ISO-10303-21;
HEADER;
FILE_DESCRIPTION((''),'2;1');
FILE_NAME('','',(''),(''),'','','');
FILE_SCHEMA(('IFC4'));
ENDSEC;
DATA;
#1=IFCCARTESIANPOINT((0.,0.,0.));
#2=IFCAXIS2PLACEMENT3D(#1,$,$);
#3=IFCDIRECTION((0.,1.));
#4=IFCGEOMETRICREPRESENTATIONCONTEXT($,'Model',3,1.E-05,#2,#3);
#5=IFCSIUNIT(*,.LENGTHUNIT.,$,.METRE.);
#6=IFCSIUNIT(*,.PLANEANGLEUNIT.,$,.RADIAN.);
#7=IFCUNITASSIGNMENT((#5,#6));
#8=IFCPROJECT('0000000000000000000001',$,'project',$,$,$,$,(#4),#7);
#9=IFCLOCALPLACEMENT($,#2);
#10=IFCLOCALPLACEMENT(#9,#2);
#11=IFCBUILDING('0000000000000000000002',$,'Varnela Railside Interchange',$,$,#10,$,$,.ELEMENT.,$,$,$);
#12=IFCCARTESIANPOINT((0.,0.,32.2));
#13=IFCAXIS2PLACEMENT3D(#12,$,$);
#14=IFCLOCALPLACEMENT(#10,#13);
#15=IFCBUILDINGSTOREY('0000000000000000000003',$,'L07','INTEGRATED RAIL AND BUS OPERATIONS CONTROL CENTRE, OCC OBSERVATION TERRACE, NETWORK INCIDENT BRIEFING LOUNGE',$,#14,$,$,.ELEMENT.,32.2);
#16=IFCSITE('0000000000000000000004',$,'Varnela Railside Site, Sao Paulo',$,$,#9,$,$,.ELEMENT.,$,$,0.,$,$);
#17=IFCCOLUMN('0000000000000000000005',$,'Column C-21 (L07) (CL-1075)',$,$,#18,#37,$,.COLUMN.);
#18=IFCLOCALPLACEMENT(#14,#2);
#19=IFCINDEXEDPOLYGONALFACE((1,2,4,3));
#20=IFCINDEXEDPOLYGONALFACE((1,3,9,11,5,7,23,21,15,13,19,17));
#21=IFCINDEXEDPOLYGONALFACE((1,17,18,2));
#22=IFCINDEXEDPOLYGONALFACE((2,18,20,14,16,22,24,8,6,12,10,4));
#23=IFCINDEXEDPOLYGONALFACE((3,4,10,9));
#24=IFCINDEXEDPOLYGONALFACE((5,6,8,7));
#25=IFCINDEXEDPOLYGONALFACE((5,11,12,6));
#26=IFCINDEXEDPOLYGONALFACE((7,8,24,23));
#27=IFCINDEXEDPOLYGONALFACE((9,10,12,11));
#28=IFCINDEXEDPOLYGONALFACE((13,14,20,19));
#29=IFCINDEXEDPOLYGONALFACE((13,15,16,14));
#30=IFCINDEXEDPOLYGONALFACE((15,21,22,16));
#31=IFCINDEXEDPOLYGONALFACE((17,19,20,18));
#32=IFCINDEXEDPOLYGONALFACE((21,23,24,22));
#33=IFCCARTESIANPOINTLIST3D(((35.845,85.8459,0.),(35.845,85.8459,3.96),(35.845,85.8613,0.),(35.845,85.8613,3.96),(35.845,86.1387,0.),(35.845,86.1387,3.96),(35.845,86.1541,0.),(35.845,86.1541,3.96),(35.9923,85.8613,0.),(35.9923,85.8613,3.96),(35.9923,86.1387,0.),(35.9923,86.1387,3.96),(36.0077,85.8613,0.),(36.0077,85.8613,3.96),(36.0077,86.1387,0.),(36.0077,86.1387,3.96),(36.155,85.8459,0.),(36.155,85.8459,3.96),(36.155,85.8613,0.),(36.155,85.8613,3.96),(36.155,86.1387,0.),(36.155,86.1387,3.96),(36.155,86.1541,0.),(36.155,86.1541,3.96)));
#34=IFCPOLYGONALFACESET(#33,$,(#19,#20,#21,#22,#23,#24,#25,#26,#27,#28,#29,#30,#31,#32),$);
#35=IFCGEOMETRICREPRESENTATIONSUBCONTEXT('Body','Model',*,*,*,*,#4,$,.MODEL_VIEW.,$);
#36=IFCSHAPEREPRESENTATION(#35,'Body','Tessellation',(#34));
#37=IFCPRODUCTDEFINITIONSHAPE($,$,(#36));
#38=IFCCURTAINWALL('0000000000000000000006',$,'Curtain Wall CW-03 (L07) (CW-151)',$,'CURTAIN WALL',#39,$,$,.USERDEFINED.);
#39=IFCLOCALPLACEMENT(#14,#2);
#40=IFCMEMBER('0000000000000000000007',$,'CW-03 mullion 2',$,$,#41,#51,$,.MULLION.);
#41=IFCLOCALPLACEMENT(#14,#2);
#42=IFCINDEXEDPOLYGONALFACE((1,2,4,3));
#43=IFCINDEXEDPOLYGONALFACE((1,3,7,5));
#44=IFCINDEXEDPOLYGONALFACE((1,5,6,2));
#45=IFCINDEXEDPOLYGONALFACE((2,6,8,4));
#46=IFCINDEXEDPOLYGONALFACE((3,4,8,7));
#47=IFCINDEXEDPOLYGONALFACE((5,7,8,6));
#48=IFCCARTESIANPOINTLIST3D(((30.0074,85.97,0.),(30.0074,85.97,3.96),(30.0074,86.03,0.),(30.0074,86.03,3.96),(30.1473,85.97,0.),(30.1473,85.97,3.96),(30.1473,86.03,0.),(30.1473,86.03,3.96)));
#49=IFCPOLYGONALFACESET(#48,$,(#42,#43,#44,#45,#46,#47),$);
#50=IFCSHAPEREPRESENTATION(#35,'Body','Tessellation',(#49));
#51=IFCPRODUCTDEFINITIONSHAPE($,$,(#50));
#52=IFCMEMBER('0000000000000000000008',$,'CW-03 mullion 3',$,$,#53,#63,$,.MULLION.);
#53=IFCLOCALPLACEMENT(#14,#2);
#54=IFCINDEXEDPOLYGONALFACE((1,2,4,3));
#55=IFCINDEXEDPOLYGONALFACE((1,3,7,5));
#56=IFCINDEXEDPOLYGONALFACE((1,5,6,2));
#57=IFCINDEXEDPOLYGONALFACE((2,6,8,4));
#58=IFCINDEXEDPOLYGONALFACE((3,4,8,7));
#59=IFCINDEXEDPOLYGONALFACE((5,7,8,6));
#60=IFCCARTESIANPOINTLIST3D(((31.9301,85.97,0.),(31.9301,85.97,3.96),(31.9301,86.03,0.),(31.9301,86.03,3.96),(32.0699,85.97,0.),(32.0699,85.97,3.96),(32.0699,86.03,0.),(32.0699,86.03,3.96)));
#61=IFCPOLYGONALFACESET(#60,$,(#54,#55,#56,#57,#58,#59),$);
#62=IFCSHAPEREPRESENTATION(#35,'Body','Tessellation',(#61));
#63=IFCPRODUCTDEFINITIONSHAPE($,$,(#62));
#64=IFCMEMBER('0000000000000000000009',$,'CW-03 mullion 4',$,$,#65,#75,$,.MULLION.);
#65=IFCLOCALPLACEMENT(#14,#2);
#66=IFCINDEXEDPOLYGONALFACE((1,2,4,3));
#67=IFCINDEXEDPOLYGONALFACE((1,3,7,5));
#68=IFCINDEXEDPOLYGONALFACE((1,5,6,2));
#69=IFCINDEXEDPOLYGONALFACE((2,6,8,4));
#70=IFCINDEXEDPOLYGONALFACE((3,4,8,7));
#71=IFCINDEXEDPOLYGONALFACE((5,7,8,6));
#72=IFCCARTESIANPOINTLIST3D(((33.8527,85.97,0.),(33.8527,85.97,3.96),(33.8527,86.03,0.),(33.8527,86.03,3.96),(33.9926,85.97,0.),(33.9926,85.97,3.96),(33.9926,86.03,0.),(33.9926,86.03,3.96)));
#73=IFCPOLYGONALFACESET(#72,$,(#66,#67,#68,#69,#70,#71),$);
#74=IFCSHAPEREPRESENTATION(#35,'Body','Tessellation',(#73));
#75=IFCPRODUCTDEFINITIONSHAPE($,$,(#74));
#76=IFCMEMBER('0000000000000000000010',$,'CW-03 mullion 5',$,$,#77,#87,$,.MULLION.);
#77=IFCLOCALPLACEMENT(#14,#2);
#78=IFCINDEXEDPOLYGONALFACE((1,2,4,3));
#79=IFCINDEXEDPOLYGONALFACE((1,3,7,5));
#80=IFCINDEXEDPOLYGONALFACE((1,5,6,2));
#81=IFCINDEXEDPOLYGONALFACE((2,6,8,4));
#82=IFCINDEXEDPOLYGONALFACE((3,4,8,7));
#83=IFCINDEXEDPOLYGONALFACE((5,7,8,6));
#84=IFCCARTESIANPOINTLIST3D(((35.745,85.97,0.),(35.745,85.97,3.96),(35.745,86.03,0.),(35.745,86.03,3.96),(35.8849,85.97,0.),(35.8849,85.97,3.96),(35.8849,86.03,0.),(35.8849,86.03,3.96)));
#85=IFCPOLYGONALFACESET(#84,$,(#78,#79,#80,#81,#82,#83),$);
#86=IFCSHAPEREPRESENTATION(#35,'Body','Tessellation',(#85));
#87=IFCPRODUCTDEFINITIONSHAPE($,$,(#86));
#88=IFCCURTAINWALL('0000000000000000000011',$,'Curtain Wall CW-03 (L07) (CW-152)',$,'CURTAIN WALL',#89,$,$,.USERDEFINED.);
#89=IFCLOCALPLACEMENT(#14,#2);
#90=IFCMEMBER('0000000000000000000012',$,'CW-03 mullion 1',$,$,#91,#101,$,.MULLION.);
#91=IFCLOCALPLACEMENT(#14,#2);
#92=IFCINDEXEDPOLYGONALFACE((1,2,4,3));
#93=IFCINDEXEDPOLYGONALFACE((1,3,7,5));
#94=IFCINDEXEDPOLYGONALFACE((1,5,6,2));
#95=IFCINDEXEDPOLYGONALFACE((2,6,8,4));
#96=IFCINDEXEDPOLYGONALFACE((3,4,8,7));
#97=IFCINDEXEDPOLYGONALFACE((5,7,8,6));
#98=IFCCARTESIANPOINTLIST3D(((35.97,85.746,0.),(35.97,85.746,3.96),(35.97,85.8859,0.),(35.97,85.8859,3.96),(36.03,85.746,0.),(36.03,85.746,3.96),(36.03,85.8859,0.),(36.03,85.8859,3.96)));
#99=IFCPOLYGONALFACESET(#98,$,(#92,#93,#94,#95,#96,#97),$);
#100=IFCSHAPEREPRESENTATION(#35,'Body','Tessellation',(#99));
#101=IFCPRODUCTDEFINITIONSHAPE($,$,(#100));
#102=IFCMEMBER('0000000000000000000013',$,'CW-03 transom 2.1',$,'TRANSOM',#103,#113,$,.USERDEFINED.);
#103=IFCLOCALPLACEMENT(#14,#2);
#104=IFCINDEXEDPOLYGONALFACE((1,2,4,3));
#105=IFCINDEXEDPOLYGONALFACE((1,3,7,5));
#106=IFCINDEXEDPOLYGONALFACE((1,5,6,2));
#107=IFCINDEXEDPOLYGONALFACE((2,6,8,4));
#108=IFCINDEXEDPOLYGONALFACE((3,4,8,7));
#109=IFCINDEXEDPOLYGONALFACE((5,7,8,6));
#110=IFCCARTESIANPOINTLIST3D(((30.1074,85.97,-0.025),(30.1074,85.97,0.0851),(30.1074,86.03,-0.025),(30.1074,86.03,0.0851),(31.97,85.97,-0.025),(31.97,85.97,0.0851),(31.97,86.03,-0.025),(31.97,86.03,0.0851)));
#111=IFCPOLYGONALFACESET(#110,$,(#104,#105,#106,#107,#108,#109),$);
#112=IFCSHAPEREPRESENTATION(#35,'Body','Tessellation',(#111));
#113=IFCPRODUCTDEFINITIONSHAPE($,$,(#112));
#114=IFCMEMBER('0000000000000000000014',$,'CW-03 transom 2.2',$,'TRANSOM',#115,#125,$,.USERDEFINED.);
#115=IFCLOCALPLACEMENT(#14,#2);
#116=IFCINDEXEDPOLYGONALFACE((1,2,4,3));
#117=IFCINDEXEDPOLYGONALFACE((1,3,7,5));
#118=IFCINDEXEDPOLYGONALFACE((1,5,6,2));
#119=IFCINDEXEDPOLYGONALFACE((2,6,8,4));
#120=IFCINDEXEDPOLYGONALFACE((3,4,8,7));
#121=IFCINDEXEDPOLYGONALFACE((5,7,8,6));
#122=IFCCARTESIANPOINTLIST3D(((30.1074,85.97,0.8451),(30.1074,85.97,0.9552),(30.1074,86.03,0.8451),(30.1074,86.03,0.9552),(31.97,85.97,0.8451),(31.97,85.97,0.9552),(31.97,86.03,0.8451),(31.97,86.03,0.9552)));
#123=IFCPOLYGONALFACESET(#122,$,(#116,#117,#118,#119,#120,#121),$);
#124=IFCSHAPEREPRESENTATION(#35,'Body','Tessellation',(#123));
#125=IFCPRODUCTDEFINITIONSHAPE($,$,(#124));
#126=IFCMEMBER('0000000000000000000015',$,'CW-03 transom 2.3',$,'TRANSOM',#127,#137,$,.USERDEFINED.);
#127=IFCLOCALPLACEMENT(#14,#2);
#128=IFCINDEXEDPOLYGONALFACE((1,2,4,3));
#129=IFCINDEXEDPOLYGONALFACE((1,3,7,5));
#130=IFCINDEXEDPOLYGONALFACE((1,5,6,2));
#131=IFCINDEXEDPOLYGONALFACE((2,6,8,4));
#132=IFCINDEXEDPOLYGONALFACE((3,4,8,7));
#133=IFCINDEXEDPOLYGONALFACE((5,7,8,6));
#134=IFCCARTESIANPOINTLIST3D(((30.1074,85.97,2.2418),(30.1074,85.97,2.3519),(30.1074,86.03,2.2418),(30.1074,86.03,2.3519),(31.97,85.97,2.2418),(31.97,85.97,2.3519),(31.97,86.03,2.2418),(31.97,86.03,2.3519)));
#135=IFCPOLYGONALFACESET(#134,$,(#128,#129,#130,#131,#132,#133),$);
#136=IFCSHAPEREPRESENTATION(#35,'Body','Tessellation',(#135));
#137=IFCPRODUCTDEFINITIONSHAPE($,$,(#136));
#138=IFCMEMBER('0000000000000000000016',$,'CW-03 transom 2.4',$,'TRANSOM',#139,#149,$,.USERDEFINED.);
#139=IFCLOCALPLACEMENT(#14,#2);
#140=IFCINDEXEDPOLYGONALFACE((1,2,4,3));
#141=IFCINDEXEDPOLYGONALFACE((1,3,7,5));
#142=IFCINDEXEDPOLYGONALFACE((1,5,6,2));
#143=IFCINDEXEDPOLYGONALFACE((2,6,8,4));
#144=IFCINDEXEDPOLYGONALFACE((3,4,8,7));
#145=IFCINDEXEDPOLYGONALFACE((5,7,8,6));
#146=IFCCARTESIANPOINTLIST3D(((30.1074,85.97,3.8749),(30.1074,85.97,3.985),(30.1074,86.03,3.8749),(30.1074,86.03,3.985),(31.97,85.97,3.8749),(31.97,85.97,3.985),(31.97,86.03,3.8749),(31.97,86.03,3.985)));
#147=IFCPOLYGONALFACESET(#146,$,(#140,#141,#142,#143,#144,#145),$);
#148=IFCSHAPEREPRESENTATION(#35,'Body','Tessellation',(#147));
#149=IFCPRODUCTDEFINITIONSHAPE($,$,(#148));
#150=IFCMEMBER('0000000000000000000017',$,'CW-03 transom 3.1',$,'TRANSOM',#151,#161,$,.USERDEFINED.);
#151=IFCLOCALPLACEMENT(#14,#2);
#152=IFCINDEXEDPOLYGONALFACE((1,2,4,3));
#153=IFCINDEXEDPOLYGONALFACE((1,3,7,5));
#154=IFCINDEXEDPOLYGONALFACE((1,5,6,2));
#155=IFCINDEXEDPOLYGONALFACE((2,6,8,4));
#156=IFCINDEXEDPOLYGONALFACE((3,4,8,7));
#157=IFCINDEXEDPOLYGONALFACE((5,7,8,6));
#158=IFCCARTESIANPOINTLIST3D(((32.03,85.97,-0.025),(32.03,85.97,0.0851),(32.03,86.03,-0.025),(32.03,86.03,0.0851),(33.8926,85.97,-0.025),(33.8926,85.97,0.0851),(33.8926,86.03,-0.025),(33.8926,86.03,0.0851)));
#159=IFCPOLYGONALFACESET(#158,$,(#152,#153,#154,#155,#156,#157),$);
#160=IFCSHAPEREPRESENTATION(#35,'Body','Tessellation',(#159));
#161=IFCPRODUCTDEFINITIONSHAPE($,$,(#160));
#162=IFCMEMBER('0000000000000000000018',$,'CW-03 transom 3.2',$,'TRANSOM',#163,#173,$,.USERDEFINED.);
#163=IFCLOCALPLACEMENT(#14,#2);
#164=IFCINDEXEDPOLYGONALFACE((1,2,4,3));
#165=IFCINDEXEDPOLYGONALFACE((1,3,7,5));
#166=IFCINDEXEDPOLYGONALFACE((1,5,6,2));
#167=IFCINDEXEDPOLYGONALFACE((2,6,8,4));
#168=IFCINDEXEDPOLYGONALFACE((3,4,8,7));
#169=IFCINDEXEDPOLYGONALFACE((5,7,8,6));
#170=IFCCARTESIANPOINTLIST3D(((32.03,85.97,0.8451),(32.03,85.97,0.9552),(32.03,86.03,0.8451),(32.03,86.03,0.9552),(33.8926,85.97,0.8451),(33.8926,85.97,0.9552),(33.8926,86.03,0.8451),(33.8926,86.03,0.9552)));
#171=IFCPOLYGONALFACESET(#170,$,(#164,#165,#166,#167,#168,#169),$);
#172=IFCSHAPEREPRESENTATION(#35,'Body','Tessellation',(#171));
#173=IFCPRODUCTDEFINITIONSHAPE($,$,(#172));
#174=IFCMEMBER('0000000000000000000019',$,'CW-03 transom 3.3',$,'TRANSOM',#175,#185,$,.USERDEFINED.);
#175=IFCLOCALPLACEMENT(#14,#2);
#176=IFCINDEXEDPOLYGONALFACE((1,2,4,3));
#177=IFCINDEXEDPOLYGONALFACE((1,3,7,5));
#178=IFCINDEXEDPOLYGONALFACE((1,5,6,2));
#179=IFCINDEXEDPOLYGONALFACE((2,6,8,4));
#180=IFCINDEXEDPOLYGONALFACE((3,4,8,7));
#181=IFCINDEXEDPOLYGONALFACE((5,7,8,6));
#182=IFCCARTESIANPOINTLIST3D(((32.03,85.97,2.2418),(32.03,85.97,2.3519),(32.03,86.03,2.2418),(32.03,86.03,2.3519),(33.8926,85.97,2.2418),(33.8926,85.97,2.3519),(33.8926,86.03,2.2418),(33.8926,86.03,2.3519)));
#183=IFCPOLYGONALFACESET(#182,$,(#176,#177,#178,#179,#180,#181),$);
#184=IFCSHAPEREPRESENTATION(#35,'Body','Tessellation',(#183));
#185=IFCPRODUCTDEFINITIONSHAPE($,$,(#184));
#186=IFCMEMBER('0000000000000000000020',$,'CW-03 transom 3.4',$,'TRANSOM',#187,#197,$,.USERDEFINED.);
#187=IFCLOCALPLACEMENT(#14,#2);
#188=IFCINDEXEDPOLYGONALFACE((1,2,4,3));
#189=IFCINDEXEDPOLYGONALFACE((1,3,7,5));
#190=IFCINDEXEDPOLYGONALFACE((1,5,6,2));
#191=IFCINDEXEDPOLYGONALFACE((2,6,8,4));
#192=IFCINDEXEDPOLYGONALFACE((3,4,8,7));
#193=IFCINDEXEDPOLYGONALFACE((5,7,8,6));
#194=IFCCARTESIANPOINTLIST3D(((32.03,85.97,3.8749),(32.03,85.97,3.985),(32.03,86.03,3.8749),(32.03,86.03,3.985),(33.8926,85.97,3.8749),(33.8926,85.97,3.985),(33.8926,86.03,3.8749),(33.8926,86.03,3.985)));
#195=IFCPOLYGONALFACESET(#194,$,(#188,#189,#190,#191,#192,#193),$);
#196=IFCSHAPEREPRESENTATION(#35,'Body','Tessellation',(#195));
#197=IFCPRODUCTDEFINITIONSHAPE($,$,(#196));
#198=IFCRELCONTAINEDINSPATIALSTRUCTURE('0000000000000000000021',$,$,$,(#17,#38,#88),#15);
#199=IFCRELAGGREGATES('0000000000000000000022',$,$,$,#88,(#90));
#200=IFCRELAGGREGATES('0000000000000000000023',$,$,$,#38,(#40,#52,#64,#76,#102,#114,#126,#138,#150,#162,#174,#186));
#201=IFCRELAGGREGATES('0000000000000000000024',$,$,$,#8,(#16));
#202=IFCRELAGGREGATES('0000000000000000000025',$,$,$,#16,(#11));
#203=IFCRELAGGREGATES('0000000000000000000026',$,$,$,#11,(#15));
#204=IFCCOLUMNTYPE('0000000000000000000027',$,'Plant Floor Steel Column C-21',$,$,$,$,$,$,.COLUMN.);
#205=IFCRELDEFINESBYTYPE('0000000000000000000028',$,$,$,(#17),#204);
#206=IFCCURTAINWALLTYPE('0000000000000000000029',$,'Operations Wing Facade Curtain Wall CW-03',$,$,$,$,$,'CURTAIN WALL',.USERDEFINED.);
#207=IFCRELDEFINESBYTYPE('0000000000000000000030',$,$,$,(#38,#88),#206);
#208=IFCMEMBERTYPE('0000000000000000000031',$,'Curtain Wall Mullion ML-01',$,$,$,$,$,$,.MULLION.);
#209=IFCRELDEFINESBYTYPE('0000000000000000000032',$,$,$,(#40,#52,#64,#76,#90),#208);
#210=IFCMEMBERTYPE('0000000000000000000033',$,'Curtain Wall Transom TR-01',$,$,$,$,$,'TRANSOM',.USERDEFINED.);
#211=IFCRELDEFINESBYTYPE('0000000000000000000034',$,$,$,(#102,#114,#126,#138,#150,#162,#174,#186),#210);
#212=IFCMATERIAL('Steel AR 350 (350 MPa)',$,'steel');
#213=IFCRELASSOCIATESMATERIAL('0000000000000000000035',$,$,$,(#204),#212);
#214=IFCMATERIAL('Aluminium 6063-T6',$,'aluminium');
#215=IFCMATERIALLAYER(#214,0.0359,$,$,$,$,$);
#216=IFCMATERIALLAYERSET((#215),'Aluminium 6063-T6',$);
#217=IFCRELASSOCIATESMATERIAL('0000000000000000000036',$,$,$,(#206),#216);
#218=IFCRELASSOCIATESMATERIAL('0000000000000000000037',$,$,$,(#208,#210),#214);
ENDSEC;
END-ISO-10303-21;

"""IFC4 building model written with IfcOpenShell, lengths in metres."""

from ifc_helpers import new_model, si_unit, direction, frame, origin, origin_2d, place, context, subcontext, project, spatial, rectangle, i_section, extrude, material, layer, layer_set, material_profile, profile_set, type_object, element, aggregate, save


model = new_model("IFC4")

# Units and contexts
model_context = context("Model", 3, precision=1e-05, world=origin(), true_north=direction((0.0, 1.0)))
body_context = subcontext(model_context, "Body", "Model", "MODEL_VIEW")
ifc_project = project(units=[si_unit("LENGTHUNIT", "METRE"), si_unit("PLANEANGLEUNIT", "RADIAN")], contexts=[model_context])

# Site, building, storey
site_placement = place(None, origin())
site = spatial("IfcSite", under=ifc_project, at=site_placement, Name="Varnela Railside Site, Sao Paulo", CompositionType="ELEMENT", RefElevation=0.0)
building_placement = place(site_placement, origin())
building = spatial("IfcBuilding", under=site, at=building_placement, Name="Varnela Railside Interchange", CompositionType="ELEMENT")
storey_placement = place(building_placement, frame((0.0, 0.0, 32.2)))
storey = spatial("IfcBuildingStorey", under=building, at=storey_placement, Name="L07", Description="INTEGRATED RAIL AND BUS OPERATIONS CONTROL CENTRE, OCC OBSERVATION TERRACE, NETWORK INCIDENT BRIEFING LOUNGE", CompositionType="ELEMENT", Elevation=32.2)

# Column
ifc_material_1 = material(Name="Steel AR 350 (350 MPa)", Category="steel")
ifc_material_profile_1 = material_profile(ifc_material_1, i_section(OverallWidth=0.3101, OverallDepth=0.3081, WebThickness=0.0154, FlangeThickness=0.0154, at=origin_2d()), Name="HP310x110")
ifc_profile_set_1 = profile_set([ifc_material_profile_1], Name="Steel AR 350 (350 MPa)")
column_type = type_object("IfcColumnType", Name="Plant Floor Steel Column C-21", PredefinedType="COLUMN", material=ifc_profile_set_1)
column_placement = place(storey_placement, frame((36.0, 86.0, 0.0), z_axis=(0.0, 0.0, 1.0), x_axis=(1.0, 0.0, 0.0)))
element("IfcColumn", 1, at=column_placement, inside=storey, type_object=column_type, Name="Column C-21 (L07) (CL-1075)", PredefinedType="COLUMN", context=body_context, shape_type="SweptSolid", body=[
    extrude(i_section(OverallWidth=0.3101, OverallDepth=0.3081, WebThickness=0.0154, FlangeThickness=0.0154, at=origin_2d()), origin(), (0.0, 0.0, 1.0), 3.96),
])

# Curtain wall, members
ifc_material_2 = material(Name="Aluminium 6063-T6", Category="aluminium")
ifc_layer_1 = layer(ifc_material_2, 0.0359)
ifc_layer_set_1 = layer_set([ifc_layer_1], Name="Aluminium 6063-T6")
curtain_wall_type = type_object("IfcCurtainWallType", Name="Operations Wing Facade Curtain Wall CW-03", ElementType="CURTAIN WALL", PredefinedType="USERDEFINED", material=ifc_layer_set_1)
curtain_wall_1_placement = place(storey_placement, origin())
curtain_wall_1 = element("IfcCurtainWall", 2, at=curtain_wall_1_placement, inside=storey, type_object=curtain_wall_type, Name="Curtain Wall CW-03 (L07) (CW-151)", ObjectType="CURTAIN WALL", PredefinedType="USERDEFINED")
ifc_material_profile_2 = material_profile(ifc_material_2, rectangle(XDim=0.0601, YDim=0.1399, at=origin_2d()), Name="ALU 60x140")
ifc_profile_set_2 = profile_set([ifc_material_profile_2], Name="Aluminium 6063-T6")
member_type_1 = type_object("IfcMemberType", Name="Curtain Wall Mullion ML-01", PredefinedType="MULLION", material=ifc_profile_set_2)
member_1_placement = place(storey_placement, frame((30.0774, 86.0, 0.0), z_axis=(0.0, 0.0, 1.0), x_axis=(0.0, 1.0, 0.0)))
member_1 = element("IfcMember", 3, at=member_1_placement, type_object=member_type_1, Name="CW-03 mullion 2", PredefinedType="MULLION", context=body_context, shape_type="SweptSolid", body=[
    extrude(rectangle(XDim=0.0601, YDim=0.1399, at=origin_2d()), origin(), (0.0, 0.0, 1.0), 3.96),
])
member_2_placement = place(storey_placement, frame((32.0, 86.0, 0.0), z_axis=(0.0, 0.0, 1.0), x_axis=(0.0, 1.0, 0.0)))
member_2 = element("IfcMember", 4, at=member_2_placement, type_object=member_type_1, Name="CW-03 mullion 3", PredefinedType="MULLION", context=body_context, shape_type="SweptSolid", body=[
    extrude(rectangle(XDim=0.0601, YDim=0.1399, at=origin_2d()), origin(), (0.0, 0.0, 1.0), 3.96),
])
member_3_placement = place(storey_placement, frame((33.9226, 86.0, 0.0), z_axis=(0.0, 0.0, 1.0), x_axis=(0.0, 1.0, 0.0)))
member_3 = element("IfcMember", 5, at=member_3_placement, type_object=member_type_1, Name="CW-03 mullion 4", PredefinedType="MULLION", context=body_context, shape_type="SweptSolid", body=[
    extrude(rectangle(XDim=0.0601, YDim=0.1399, at=origin_2d()), origin(), (0.0, 0.0, 1.0), 3.96),
])
member_4_placement = place(storey_placement, frame((35.8149, 86.0, 0.0), z_axis=(0.0, 0.0, 1.0), x_axis=(0.0, 1.0, 0.0)))
member_4 = element("IfcMember", 6, at=member_4_placement, type_object=member_type_1, Name="CW-03 mullion 5", PredefinedType="MULLION", context=body_context, shape_type="SweptSolid", body=[
    extrude(rectangle(XDim=0.0601, YDim=0.1399, at=origin_2d()), origin(), (0.0, 0.0, 1.0), 3.96),
])

# Curtain wall, member
curtain_wall_2_placement = place(storey_placement, origin())
curtain_wall_2 = element("IfcCurtainWall", 7, at=curtain_wall_2_placement, inside=storey, type_object=curtain_wall_type, Name="Curtain Wall CW-03 (L07) (CW-152)", ObjectType="CURTAIN WALL", PredefinedType="USERDEFINED")
member_5_placement = place(storey_placement, frame((36.0, 85.8159, 0.0), z_axis=(0.0, 0.0, 1.0), x_axis=(1.0, 0.0, 0.0)))
member_5 = element("IfcMember", 8, at=member_5_placement, type_object=member_type_1, Name="CW-03 mullion 1", PredefinedType="MULLION", context=body_context, shape_type="SweptSolid", body=[
    extrude(rectangle(XDim=0.0601, YDim=0.1399, at=origin_2d()), origin(), (0.0, 0.0, 1.0), 3.96),
])

# Members
ifc_material_profile_3 = material_profile(ifc_material_2, rectangle(XDim=0.0601, YDim=0.1101, at=origin_2d()), Name="ALU 60x110")
ifc_profile_set_3 = profile_set([ifc_material_profile_3], Name="Aluminium 6063-T6")
member_type_2 = type_object("IfcMemberType", Name="Curtain Wall Transom TR-01", ElementType="TRANSOM", PredefinedType="USERDEFINED", material=ifc_profile_set_3)
member_6_placement = place(storey_placement, frame((30.1074, 86.0, 0.03), z_axis=(1.0, 0.0, 0.0), x_axis=(0.0, 1.0, 0.0)))
member_6 = element("IfcMember", 9, at=member_6_placement, type_object=member_type_2, Name="CW-03 transom 2.1", ObjectType="TRANSOM", PredefinedType="USERDEFINED", context=body_context, shape_type="SweptSolid", body=[
    extrude(rectangle(XDim=0.0601, YDim=0.1101, at=origin_2d()), origin(), (0.0, 0.0, 1.0), 1.8625),
])
member_7_placement = place(storey_placement, frame((30.1074, 86.0, 0.9001), z_axis=(1.0, 0.0, 0.0), x_axis=(0.0, 1.0, 0.0)))
member_7 = element("IfcMember", 10, at=member_7_placement, type_object=member_type_2, Name="CW-03 transom 2.2", ObjectType="TRANSOM", PredefinedType="USERDEFINED", context=body_context, shape_type="SweptSolid", body=[
    extrude(rectangle(XDim=0.0601, YDim=0.1101, at=origin_2d()), origin(), (0.0, 0.0, 1.0), 1.8625),
])
member_8_placement = place(storey_placement, frame((30.1074, 86.0, 2.2969), z_axis=(1.0, 0.0, 0.0), x_axis=(0.0, 1.0, 0.0)))
member_8 = element("IfcMember", 11, at=member_8_placement, type_object=member_type_2, Name="CW-03 transom 2.3", ObjectType="TRANSOM", PredefinedType="USERDEFINED", context=body_context, shape_type="SweptSolid", body=[
    extrude(rectangle(XDim=0.0601, YDim=0.1101, at=origin_2d()), origin(), (0.0, 0.0, 1.0), 1.8625),
])
member_9_placement = place(storey_placement, frame((30.1074, 86.0, 3.9299), z_axis=(1.0, 0.0, 0.0), x_axis=(0.0, 1.0, 0.0)))
member_9 = element("IfcMember", 12, at=member_9_placement, type_object=member_type_2, Name="CW-03 transom 2.4", ObjectType="TRANSOM", PredefinedType="USERDEFINED", context=body_context, shape_type="SweptSolid", body=[
    extrude(rectangle(XDim=0.0601, YDim=0.1101, at=origin_2d()), origin(), (0.0, 0.0, 1.0), 1.8625),
])
member_10_placement = place(storey_placement, frame((32.03, 86.0, 0.03), z_axis=(1.0, 0.0, 0.0), x_axis=(0.0, 1.0, 0.0)))
member_10 = element("IfcMember", 13, at=member_10_placement, type_object=member_type_2, Name="CW-03 transom 3.1", ObjectType="TRANSOM", PredefinedType="USERDEFINED", context=body_context, shape_type="SweptSolid", body=[
    extrude(rectangle(XDim=0.0601, YDim=0.1101, at=origin_2d()), origin(), (0.0, 0.0, 1.0), 1.8625),
])
member_11_placement = place(storey_placement, frame((32.03, 86.0, 0.9001), z_axis=(1.0, 0.0, 0.0), x_axis=(0.0, 1.0, 0.0)))
member_11 = element("IfcMember", 14, at=member_11_placement, type_object=member_type_2, Name="CW-03 transom 3.2", ObjectType="TRANSOM", PredefinedType="USERDEFINED", context=body_context, shape_type="SweptSolid", body=[
    extrude(rectangle(XDim=0.0601, YDim=0.1101, at=origin_2d()), origin(), (0.0, 0.0, 1.0), 1.8625),
])
member_12_placement = place(storey_placement, frame((32.03, 86.0, 2.2969), z_axis=(1.0, 0.0, 0.0), x_axis=(0.0, 1.0, 0.0)))
member_12 = element("IfcMember", 15, at=member_12_placement, type_object=member_type_2, Name="CW-03 transom 3.3", ObjectType="TRANSOM", PredefinedType="USERDEFINED", context=body_context, shape_type="SweptSolid", body=[
    extrude(rectangle(XDim=0.0601, YDim=0.1101, at=origin_2d()), origin(), (0.0, 0.0, 1.0), 1.8625),
])
member_13_placement = place(storey_placement, frame((32.03, 86.0, 3.9299), z_axis=(1.0, 0.0, 0.0), x_axis=(0.0, 1.0, 0.0)))
member_13 = element("IfcMember", 16, at=member_13_placement, type_object=member_type_2, Name="CW-03 transom 3.4", ObjectType="TRANSOM", PredefinedType="USERDEFINED", context=body_context, shape_type="SweptSolid", body=[
    extrude(rectangle(XDim=0.0601, YDim=0.1101, at=origin_2d()), origin(), (0.0, 0.0, 1.0), 1.8625),
])
aggregate(curtain_wall_2, [member_5])

aggregate(curtain_wall_1, [member_1, member_2, member_3, member_4, member_6, member_7, member_8, member_9, member_10, member_11, member_12, member_13])

save(model, "model.ifc")
